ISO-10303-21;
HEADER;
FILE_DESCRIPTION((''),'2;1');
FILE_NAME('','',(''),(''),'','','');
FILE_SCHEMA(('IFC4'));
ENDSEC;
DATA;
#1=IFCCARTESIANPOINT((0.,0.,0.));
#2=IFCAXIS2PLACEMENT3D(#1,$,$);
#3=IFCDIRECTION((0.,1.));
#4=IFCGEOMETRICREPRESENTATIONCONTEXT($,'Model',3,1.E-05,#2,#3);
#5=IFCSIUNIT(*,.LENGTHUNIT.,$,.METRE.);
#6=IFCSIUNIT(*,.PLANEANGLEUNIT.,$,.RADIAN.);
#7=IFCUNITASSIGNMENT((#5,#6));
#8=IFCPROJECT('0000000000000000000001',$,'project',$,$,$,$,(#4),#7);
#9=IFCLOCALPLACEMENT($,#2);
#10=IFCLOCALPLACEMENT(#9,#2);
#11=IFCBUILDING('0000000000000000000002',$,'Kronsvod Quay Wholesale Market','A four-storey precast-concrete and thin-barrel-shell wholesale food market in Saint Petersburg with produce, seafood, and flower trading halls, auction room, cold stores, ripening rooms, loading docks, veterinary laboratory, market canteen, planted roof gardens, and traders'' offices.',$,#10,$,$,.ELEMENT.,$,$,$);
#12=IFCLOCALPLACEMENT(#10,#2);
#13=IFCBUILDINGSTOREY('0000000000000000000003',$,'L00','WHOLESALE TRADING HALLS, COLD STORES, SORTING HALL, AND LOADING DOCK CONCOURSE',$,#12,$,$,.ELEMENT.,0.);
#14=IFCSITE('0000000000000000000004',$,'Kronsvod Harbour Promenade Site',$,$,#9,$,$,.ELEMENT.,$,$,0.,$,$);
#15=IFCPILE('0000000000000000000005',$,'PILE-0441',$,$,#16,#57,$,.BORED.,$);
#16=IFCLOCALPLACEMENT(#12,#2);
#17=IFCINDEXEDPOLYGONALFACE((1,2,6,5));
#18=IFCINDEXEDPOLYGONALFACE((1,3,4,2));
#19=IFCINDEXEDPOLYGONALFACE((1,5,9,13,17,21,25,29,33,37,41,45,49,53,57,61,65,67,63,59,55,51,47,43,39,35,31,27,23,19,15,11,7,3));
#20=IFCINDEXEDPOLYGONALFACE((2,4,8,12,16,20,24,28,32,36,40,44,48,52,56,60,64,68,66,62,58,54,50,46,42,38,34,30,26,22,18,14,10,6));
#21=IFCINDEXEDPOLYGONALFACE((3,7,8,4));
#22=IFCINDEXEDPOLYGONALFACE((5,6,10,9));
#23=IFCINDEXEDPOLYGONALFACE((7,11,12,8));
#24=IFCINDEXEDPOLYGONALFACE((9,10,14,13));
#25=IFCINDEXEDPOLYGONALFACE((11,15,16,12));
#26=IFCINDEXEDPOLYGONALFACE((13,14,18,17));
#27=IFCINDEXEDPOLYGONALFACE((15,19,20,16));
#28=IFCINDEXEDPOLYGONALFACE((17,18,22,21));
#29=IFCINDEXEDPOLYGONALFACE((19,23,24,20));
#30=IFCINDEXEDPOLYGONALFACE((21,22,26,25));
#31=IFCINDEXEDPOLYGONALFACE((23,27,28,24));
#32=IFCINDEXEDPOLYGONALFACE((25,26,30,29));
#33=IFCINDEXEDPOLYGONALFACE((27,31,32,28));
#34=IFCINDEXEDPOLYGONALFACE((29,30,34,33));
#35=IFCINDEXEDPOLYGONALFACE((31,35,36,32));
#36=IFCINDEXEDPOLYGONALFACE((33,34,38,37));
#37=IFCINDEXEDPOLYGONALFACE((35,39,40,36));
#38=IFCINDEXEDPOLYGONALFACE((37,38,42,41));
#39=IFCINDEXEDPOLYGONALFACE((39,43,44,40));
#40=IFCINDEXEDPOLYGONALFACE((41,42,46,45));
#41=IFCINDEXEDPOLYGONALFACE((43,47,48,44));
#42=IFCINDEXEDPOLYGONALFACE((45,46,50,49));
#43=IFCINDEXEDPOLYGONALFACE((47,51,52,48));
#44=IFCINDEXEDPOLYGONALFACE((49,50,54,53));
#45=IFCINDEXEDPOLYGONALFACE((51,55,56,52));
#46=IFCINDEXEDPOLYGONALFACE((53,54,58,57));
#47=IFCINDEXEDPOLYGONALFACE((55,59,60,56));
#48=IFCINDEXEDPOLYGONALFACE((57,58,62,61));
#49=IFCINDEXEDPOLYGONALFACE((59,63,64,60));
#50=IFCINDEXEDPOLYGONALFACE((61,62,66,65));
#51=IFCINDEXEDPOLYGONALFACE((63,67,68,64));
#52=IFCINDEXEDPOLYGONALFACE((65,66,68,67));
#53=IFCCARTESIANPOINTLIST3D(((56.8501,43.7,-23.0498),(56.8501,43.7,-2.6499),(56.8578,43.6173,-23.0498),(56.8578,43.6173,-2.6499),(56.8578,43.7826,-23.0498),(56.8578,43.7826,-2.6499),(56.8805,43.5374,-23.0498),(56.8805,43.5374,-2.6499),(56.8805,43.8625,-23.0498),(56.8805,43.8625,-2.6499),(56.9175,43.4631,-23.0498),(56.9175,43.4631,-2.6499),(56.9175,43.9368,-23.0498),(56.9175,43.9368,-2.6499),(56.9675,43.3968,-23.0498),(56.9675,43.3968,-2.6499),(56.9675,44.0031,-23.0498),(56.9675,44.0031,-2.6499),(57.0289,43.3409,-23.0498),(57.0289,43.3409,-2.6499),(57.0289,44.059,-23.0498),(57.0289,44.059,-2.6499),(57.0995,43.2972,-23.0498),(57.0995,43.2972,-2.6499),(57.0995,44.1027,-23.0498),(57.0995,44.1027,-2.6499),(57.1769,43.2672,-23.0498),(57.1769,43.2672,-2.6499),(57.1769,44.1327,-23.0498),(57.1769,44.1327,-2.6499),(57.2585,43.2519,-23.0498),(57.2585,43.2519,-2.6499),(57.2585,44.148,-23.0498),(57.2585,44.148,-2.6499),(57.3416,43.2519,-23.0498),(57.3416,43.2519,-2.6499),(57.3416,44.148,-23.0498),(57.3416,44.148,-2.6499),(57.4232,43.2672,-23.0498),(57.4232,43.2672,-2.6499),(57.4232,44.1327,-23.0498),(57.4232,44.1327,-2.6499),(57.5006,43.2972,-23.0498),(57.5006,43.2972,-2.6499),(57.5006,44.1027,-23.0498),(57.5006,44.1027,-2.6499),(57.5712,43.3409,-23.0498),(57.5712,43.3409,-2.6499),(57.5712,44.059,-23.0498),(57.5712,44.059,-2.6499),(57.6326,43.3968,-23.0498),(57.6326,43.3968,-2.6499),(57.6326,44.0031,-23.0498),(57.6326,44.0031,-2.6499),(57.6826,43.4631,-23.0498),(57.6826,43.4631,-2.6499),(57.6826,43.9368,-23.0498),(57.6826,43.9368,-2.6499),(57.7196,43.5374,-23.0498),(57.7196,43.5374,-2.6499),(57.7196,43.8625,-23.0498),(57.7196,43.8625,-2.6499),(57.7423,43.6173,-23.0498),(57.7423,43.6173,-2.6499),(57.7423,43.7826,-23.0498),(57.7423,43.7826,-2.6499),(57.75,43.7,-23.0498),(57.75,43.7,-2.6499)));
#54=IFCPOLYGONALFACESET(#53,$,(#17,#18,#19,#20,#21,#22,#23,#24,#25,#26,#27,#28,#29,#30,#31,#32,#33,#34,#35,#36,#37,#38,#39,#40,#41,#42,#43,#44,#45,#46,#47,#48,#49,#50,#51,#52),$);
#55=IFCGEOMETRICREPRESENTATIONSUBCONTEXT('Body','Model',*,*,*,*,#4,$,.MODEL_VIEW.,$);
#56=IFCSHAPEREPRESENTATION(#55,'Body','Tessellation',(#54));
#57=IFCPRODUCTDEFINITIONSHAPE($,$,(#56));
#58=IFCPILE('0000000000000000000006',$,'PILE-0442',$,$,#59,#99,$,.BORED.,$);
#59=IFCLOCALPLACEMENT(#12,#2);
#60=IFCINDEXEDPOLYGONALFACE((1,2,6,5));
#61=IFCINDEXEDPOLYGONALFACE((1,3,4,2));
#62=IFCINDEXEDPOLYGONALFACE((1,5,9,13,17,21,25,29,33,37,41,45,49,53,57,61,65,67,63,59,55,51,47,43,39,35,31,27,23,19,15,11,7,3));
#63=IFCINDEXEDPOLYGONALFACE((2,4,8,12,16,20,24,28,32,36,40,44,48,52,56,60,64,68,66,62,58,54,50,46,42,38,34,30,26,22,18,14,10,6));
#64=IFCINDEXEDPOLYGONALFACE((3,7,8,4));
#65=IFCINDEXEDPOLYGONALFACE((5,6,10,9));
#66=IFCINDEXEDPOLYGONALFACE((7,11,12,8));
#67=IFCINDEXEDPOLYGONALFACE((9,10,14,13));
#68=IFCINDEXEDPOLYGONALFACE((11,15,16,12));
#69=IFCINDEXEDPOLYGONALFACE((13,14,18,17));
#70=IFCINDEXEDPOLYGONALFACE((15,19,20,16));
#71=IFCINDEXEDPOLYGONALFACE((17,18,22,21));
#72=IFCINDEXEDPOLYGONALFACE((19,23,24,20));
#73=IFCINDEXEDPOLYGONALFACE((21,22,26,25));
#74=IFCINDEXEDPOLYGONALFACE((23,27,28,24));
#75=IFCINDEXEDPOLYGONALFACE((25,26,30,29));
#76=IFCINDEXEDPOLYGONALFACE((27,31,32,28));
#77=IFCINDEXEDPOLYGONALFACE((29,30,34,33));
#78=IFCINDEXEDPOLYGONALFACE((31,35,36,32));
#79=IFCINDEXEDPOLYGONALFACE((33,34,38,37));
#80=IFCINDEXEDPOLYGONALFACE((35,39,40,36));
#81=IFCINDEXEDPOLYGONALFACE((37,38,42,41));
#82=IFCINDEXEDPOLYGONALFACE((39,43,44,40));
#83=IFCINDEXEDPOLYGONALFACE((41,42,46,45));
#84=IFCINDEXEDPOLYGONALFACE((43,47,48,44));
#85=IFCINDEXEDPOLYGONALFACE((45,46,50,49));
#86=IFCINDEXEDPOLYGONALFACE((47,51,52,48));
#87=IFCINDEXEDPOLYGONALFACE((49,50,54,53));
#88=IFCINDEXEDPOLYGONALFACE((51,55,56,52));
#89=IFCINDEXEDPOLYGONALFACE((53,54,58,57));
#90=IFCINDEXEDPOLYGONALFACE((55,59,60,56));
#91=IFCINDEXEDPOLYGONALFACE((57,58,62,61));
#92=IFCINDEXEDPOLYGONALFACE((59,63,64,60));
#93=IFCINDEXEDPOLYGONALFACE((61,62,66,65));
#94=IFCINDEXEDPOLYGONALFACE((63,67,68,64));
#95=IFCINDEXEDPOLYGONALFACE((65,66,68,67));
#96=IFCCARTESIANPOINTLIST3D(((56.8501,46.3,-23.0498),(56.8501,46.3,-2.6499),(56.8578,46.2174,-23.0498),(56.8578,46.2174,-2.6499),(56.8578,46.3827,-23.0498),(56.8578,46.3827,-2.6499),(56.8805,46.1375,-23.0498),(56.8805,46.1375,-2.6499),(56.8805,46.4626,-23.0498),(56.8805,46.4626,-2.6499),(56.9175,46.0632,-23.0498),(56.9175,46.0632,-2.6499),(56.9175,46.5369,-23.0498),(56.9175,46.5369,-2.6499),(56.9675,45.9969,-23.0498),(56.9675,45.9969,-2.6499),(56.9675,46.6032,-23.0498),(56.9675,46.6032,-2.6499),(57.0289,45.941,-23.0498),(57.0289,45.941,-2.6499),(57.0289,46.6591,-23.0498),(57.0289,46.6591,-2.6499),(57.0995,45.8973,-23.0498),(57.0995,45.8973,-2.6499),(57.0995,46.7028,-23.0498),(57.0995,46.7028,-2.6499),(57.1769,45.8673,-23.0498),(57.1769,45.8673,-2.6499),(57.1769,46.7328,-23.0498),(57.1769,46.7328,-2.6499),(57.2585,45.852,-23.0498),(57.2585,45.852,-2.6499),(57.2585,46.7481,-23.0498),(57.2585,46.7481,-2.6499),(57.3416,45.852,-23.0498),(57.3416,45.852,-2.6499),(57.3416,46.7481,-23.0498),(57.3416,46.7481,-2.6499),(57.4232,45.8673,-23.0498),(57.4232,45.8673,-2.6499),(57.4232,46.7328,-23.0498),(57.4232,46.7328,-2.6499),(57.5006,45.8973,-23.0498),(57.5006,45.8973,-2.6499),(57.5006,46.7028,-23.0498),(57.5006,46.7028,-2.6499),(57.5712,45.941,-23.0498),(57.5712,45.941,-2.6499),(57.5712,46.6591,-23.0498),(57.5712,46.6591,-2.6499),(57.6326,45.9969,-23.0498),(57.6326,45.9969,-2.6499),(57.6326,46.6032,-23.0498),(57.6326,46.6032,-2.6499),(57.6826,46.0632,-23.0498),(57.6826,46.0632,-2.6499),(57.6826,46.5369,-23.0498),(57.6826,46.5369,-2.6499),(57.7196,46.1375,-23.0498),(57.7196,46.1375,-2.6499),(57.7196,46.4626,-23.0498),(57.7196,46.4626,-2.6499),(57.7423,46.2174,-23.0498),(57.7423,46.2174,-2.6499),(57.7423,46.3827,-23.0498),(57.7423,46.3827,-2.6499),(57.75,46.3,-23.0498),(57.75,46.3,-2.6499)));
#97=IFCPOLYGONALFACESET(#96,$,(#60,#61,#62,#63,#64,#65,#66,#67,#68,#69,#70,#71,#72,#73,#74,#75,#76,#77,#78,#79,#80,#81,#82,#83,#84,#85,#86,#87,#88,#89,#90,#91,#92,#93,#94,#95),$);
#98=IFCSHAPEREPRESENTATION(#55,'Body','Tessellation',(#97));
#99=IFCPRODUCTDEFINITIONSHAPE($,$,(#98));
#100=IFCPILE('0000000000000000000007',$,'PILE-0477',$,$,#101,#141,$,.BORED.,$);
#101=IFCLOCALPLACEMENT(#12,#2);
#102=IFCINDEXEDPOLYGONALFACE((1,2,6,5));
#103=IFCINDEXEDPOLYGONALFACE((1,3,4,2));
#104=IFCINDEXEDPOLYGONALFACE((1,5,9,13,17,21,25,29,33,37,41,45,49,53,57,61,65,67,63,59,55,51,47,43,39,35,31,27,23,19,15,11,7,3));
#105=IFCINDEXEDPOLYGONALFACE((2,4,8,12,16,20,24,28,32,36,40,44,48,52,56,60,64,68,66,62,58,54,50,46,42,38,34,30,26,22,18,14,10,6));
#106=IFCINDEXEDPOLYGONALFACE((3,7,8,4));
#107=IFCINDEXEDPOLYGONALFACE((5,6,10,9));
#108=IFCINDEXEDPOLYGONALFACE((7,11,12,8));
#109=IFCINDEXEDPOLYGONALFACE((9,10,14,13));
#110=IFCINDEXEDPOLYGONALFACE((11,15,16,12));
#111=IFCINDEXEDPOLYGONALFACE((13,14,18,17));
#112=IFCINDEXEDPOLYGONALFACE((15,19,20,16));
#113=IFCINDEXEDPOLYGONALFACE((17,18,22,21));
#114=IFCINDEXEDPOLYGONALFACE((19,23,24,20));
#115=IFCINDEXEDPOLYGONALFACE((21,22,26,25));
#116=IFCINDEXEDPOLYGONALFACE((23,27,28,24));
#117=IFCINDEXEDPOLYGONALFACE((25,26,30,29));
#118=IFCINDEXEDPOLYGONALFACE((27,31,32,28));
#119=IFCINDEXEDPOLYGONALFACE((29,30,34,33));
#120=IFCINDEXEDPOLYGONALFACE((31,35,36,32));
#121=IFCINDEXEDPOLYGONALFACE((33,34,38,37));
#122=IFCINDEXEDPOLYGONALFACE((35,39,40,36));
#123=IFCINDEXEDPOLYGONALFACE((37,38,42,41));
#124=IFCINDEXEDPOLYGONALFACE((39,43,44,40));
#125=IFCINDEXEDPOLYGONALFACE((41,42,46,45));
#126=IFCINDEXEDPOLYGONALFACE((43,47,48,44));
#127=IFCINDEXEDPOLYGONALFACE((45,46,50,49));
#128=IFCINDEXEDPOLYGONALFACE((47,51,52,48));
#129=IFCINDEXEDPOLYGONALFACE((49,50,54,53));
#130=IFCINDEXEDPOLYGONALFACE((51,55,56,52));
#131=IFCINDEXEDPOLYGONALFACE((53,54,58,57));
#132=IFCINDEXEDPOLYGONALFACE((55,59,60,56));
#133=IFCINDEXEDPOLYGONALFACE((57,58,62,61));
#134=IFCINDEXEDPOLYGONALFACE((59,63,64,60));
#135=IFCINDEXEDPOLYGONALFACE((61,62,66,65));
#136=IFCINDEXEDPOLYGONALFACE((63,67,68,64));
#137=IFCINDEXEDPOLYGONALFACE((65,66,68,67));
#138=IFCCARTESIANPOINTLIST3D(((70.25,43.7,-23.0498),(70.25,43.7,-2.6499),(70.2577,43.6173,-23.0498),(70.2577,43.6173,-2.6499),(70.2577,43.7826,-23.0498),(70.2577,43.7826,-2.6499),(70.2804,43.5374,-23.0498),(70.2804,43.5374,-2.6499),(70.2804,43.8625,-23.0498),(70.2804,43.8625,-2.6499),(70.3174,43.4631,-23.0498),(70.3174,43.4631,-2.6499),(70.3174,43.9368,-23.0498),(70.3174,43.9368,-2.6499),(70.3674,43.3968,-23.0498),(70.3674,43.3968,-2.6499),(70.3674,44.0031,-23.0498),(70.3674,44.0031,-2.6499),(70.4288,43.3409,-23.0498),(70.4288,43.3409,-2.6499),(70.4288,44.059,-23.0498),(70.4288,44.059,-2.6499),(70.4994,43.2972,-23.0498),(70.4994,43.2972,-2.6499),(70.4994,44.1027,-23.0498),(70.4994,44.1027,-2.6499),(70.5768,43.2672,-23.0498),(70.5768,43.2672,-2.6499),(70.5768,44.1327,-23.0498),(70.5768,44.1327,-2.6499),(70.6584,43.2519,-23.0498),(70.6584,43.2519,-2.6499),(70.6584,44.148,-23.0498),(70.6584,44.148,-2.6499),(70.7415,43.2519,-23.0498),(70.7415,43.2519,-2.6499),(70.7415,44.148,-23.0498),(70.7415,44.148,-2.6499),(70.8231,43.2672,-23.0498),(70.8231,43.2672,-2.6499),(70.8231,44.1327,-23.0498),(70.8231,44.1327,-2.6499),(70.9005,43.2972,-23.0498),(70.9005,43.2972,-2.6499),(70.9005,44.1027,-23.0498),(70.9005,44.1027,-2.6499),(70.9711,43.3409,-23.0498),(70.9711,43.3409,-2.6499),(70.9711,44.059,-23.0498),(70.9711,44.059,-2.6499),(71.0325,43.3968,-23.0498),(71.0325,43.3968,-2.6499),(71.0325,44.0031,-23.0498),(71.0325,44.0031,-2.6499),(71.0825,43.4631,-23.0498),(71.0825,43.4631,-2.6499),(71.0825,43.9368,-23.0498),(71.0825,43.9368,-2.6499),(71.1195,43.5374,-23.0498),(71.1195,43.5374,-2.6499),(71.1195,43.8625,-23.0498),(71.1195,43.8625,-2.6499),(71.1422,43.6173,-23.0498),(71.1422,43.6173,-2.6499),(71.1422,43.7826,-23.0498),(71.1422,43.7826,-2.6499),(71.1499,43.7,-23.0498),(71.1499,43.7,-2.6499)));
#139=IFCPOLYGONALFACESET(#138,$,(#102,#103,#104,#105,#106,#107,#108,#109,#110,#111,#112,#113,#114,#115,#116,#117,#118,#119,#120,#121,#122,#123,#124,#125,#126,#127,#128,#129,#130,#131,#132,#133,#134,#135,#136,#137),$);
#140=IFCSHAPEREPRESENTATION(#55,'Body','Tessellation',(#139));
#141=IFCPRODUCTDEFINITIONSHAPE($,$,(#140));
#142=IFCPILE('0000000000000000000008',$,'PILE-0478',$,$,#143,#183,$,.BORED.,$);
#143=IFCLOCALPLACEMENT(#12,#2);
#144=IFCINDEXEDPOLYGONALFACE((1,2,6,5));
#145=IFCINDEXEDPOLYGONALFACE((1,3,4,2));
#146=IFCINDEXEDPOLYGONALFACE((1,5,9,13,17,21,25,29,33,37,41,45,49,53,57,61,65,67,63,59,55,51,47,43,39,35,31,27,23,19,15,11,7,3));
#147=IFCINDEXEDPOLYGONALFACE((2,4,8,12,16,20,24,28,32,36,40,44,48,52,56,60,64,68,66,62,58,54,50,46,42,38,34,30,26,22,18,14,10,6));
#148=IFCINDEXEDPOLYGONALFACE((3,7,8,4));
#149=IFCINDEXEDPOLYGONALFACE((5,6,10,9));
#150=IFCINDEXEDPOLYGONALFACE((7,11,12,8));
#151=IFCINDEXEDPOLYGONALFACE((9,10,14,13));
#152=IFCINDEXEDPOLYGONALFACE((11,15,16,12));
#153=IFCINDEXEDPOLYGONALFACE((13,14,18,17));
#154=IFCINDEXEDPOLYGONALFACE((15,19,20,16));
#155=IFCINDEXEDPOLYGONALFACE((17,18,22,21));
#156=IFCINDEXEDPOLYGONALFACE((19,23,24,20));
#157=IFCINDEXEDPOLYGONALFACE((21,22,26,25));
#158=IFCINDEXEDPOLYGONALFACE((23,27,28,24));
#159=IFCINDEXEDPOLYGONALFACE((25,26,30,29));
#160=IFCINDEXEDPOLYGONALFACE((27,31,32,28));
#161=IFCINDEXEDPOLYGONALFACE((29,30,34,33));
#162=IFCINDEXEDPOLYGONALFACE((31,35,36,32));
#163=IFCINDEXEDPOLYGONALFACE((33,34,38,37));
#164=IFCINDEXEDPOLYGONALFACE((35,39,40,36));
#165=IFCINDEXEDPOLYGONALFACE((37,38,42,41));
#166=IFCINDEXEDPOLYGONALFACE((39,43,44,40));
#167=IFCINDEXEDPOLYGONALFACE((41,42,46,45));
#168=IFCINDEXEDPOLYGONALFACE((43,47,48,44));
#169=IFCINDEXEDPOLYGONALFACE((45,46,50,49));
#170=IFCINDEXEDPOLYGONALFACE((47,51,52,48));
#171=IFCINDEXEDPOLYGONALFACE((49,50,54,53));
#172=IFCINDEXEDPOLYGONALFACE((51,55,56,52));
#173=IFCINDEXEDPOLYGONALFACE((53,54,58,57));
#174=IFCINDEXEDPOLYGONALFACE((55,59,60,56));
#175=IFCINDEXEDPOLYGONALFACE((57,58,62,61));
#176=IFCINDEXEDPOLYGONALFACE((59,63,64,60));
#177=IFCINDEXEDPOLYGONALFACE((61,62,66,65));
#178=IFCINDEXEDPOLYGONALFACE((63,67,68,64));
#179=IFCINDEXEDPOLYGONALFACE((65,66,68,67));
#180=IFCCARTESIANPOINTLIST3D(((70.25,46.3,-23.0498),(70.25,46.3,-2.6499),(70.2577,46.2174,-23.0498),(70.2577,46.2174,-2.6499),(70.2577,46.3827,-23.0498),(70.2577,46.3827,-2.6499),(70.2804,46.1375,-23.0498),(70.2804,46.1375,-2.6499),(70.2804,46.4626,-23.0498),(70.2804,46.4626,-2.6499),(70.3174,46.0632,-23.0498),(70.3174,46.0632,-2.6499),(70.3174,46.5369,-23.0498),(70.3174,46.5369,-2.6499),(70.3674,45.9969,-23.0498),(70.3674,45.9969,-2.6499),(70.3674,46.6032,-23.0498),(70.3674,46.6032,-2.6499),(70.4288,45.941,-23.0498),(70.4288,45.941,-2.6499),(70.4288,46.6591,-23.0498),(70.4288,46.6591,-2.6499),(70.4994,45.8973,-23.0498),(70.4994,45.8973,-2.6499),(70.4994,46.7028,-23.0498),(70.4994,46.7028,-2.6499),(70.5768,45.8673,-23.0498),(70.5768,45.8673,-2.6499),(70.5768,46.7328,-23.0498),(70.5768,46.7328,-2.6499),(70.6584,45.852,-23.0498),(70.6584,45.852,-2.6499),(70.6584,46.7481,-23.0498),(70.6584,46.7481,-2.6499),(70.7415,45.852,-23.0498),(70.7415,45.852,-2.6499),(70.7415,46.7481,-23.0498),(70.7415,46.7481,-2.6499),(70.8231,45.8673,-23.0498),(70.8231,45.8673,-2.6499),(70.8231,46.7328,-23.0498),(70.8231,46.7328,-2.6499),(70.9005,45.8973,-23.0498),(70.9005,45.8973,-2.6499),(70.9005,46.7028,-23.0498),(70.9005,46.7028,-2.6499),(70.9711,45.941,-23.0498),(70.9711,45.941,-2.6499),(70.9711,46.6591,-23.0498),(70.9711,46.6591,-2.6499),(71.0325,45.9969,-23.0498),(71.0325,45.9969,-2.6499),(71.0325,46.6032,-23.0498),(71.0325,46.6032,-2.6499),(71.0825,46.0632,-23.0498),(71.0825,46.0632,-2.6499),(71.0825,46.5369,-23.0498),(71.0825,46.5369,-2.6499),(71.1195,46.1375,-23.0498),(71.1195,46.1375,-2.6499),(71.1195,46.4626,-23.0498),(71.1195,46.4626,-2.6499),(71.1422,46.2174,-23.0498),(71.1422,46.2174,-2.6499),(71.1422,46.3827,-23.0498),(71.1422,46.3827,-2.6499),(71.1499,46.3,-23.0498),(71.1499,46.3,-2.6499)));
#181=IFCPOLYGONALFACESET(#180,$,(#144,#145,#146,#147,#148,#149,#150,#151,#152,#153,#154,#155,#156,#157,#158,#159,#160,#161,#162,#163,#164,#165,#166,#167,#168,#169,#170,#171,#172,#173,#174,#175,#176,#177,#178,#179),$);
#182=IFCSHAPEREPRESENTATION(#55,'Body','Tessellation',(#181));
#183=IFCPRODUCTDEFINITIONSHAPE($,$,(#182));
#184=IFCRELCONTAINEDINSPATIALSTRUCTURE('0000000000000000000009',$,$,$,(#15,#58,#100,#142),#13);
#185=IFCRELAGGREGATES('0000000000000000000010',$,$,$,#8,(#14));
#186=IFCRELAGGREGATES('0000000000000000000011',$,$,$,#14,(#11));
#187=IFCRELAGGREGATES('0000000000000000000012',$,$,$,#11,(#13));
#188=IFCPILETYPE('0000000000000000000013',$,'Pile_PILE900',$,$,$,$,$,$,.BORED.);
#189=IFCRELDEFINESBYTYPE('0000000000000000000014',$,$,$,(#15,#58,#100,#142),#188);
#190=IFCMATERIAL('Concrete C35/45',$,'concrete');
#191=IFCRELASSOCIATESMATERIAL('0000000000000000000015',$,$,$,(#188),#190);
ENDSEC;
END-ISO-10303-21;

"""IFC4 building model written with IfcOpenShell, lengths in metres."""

from ifc_helpers import new_model, si_unit, direction, frame, origin, origin_2d, place, context, subcontext, project, spatial, circle, extrude, material, material_profile, profile_set, type_object, element, save


model = new_model("IFC4")

# Units and contexts
model_context = context("Model", 3, precision=1e-05, world=origin(), true_north=direction((0.0, 1.0)))
body_context = subcontext(model_context, "Body", "Model", "MODEL_VIEW")
ifc_project = project(units=[si_unit("LENGTHUNIT", "METRE"), si_unit("PLANEANGLEUNIT", "RADIAN")], contexts=[model_context])

# Site, building, storey
site_placement = place(None, origin())
site = spatial("IfcSite", under=ifc_project, at=site_placement, Name="Kronsvod Harbour Promenade Site", CompositionType="ELEMENT", RefElevation=0.0)
building_placement = place(site_placement, origin())
building = spatial("IfcBuilding", under=site, at=building_placement, Name="Kronsvod Quay Wholesale Market", Description="A four-storey precast-concrete and thin-barrel-shell wholesale food market in Saint Petersburg with produce, seafood, and flower trading halls, auction room, cold stores, ripening rooms, loading docks, veterinary laboratory, market canteen, planted roof gardens, and traders' offices.", CompositionType="ELEMENT")
storey_placement = place(building_placement, origin())
storey = spatial("IfcBuildingStorey", under=building, at=storey_placement, Name="L00", Description="WHOLESALE TRADING HALLS, COLD STORES, SORTING HALL, AND LOADING DOCK CONCOURSE", CompositionType="ELEMENT", Elevation=0.0)

# Piles
ifc_material_1 = material(Name="Concrete C35/45", Category="concrete")
ifc_material_profile_1 = material_profile(ifc_material_1, circle(Radius=0.45, at=origin_2d()), Name="PILE900")
ifc_profile_set_1 = profile_set([ifc_material_profile_1], Name="Concrete C35/45")
pile_type = type_object("IfcPileType", Name="Pile_PILE900", PredefinedType="BORED", material=ifc_profile_set_1)
for number, where, z_axis, x_axis, name in (
    (1, (57.3, 43.7, -2.6499), (0.0, 0.0, -1.0), (1.0, 0.0, 0.0), "PILE-0441"),
    (2, (57.3, 46.3, -2.6499), (0.0, 0.0, -1.0), (1.0, 0.0, 0.0), "PILE-0442"),
    (3, (70.7, 43.7, -2.6499), (0.0, 0.0, -1.0), (1.0, 0.0, 0.0), "PILE-0477"),
    (4, (70.7, 46.3, -2.6499), (0.0, 0.0, -1.0), (1.0, 0.0, 0.0), "PILE-0478"),
):
    element("IfcPile", number, at=place(storey_placement, frame(where, z_axis=z_axis, x_axis=x_axis)), inside=storey, type_object=pile_type, Name=name, PredefinedType="BORED", context=body_context, shape_type="SweptSolid", body=[
        extrude(circle(Radius=0.45, at=origin_2d()), origin(), (0.0, 0.0, 1.0), 20.3999),
    ])

save(model, "model.ifc")
